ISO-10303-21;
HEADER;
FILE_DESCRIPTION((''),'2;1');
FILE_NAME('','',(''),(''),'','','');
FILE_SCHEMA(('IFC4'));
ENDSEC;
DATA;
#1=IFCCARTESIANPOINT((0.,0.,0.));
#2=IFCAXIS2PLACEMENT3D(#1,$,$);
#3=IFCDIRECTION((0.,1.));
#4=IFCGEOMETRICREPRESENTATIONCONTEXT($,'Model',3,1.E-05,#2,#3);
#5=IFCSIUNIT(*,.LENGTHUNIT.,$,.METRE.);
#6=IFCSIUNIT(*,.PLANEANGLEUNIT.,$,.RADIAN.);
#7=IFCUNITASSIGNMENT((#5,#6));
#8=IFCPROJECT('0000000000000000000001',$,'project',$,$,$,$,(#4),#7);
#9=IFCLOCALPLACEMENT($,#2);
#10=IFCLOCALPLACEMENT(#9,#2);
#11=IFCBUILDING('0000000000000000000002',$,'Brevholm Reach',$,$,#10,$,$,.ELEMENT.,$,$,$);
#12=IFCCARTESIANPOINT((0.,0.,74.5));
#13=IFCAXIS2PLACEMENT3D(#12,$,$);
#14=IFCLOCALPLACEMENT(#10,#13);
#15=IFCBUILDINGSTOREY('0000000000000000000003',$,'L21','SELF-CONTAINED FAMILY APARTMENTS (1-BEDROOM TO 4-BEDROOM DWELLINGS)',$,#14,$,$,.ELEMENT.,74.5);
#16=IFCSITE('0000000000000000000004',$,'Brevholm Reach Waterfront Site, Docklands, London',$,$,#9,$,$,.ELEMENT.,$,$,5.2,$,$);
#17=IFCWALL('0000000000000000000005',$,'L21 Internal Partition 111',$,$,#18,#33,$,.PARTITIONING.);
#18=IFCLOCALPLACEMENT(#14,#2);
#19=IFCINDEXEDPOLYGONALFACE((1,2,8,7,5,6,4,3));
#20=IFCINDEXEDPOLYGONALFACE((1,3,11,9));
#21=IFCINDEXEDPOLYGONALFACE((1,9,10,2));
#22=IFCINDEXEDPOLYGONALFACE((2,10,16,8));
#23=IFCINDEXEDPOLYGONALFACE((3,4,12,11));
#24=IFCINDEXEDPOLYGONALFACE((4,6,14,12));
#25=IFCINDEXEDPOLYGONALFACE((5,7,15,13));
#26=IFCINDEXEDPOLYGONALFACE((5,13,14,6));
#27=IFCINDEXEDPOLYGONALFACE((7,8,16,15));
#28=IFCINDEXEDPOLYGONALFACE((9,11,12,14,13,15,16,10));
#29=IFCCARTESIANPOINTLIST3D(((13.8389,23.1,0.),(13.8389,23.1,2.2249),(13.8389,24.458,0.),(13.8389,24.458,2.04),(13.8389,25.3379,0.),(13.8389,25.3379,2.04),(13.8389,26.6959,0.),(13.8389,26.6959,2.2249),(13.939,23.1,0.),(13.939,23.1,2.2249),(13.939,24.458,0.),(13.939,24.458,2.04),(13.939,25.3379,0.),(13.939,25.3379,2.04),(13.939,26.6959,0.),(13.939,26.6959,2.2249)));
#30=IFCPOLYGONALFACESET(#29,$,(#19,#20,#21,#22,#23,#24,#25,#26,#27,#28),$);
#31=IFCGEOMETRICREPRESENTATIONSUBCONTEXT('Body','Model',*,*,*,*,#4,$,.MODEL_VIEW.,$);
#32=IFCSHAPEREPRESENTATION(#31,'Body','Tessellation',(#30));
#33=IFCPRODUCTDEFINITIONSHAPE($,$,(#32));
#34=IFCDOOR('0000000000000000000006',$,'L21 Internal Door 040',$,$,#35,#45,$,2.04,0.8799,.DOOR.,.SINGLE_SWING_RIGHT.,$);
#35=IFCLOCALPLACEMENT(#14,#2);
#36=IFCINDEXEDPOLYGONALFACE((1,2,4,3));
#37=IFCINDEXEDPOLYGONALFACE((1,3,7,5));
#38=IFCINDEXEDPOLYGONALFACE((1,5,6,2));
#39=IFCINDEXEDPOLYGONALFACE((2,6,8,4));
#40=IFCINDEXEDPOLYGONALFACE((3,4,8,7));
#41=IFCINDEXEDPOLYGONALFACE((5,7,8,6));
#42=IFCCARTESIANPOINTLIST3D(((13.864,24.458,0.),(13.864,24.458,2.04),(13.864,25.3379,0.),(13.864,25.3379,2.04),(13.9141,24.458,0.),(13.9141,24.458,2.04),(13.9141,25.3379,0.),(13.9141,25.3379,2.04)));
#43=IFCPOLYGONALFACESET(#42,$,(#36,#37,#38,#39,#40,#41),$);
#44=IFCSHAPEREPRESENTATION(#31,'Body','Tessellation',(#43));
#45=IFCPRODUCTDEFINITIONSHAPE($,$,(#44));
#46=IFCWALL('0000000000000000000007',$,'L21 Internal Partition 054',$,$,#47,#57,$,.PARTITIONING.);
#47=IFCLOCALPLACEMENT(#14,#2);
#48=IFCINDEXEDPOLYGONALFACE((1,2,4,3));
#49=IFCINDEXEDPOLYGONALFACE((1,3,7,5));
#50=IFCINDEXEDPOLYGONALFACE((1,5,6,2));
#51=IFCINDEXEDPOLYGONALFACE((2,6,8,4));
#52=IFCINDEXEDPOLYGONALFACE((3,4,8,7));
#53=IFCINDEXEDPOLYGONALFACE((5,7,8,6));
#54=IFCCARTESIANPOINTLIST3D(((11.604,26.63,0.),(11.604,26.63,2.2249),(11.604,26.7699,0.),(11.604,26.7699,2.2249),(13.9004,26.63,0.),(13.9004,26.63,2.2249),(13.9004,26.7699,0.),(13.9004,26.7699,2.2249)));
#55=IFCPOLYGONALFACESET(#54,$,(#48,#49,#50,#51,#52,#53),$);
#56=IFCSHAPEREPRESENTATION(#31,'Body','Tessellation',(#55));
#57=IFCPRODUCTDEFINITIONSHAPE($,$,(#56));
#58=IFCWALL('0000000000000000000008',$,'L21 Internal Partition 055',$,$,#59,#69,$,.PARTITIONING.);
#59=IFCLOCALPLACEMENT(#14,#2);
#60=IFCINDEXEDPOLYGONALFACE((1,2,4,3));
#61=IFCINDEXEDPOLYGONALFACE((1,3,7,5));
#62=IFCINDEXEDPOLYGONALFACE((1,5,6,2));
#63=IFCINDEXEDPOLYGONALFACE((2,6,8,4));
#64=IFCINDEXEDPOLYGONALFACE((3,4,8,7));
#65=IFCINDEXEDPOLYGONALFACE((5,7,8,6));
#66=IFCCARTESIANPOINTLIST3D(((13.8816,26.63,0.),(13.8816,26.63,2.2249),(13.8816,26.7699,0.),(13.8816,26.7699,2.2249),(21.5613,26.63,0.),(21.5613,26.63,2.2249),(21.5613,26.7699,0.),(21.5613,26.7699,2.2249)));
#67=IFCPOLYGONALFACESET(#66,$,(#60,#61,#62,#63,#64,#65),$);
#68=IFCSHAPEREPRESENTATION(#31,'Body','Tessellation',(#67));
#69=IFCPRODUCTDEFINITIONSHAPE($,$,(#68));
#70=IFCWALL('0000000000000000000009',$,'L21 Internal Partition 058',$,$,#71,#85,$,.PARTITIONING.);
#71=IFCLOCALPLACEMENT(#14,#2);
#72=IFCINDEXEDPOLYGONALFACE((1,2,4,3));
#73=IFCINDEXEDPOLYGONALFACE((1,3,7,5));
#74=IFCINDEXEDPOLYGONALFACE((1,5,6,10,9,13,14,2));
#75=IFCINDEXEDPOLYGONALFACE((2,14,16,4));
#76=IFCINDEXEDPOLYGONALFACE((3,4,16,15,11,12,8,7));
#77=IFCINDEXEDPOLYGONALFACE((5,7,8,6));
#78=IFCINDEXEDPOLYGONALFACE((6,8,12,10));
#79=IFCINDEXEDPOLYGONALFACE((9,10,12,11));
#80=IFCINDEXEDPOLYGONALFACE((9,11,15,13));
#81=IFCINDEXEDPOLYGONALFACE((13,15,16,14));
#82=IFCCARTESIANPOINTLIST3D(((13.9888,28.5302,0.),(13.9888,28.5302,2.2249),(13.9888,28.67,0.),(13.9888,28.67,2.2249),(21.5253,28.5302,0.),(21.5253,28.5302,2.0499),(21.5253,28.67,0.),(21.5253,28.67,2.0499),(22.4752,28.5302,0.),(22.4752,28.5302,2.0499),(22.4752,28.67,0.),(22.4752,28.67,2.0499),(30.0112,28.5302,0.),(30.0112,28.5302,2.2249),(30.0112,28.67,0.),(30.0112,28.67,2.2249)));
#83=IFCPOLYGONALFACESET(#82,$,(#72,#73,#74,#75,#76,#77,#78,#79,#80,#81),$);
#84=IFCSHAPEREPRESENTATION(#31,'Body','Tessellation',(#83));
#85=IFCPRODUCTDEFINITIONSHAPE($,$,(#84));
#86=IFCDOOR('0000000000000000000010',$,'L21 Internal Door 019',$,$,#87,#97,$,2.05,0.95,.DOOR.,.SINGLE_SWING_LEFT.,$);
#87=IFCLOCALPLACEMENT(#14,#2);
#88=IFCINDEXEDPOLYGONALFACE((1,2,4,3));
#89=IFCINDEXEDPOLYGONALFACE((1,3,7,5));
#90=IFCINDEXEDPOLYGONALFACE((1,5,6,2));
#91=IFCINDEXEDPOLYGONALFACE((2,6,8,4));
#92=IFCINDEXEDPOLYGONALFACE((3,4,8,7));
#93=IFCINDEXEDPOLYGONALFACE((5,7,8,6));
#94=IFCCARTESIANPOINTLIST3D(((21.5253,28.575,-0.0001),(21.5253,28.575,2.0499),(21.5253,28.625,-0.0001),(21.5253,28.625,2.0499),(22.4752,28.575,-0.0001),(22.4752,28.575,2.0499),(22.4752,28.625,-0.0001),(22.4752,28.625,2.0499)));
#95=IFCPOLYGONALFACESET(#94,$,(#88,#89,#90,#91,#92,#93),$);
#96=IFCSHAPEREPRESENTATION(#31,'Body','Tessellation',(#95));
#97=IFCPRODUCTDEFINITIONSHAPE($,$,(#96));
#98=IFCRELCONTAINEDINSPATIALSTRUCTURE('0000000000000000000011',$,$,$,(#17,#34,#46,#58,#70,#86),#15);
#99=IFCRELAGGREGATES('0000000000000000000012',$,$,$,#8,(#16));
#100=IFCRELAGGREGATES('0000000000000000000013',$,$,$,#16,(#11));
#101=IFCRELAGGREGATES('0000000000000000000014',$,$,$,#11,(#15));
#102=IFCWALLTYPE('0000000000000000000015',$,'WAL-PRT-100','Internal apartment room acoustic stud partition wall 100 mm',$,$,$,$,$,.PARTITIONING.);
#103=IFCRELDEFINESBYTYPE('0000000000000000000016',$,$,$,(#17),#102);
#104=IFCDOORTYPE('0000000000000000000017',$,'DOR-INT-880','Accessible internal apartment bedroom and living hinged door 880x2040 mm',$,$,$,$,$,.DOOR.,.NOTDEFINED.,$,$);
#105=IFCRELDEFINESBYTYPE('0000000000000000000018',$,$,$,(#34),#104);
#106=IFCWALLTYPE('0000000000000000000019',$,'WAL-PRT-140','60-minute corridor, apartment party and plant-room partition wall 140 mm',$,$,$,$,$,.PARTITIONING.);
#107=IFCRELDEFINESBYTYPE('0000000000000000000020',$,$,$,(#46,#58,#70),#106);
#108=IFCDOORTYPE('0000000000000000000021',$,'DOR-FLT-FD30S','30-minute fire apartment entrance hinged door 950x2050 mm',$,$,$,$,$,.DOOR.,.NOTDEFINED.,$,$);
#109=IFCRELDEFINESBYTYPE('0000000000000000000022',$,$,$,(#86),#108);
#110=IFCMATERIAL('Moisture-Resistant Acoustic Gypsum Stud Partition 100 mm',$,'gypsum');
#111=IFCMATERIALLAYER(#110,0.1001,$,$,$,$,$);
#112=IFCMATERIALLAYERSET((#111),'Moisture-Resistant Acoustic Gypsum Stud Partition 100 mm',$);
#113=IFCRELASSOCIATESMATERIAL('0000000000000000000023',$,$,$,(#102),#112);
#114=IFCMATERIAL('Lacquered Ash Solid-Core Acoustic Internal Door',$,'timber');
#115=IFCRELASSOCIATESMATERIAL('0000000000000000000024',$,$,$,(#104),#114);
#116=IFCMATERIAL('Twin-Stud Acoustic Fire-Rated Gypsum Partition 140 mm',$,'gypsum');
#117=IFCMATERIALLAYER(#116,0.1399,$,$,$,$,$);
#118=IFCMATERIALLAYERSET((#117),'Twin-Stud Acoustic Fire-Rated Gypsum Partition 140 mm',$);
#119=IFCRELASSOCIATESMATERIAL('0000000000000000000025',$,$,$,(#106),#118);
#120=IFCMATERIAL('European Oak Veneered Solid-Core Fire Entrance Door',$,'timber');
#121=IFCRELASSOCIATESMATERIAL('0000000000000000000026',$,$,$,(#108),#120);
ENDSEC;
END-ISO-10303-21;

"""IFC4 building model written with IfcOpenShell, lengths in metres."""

from ifc_helpers import new_model, si_unit, direction, frame, frame_2d, origin, place, context, subcontext, project, spatial, rectangle, extrude, material, layer, layer_set, type_object, element, fill, save


model = new_model("IFC4")

# Units and contexts
model_context = context("Model", 3, precision=1e-05, world=origin(), true_north=direction((0.0, 1.0)))
body_context = subcontext(model_context, "Body", "Model", "MODEL_VIEW")
ifc_project = project(units=[si_unit("LENGTHUNIT", "METRE"), si_unit("PLANEANGLEUNIT", "RADIAN")], contexts=[model_context])

# Site, building, storey
site_placement = place(None, origin())
site = spatial("IfcSite", under=ifc_project, at=site_placement, Name="Brevholm Reach Waterfront Site, Docklands, London", CompositionType="ELEMENT", RefElevation=5.2)
building_placement = place(site_placement, origin())
building = spatial("IfcBuilding", under=site, at=building_placement, Name="Brevholm Reach", CompositionType="ELEMENT")
storey_placement = place(building_placement, frame((0.0, 0.0, 74.5)))
storey = spatial("IfcBuildingStorey", under=building, at=storey_placement, Name="L21", Description="SELF-CONTAINED FAMILY APARTMENTS (1-BEDROOM TO 4-BEDROOM DWELLINGS)", CompositionType="ELEMENT", Elevation=74.5)

# Wall, opening, door
ifc_material_1 = material(Name="Moisture-Resistant Acoustic Gypsum Stud Partition 100 mm", Category="gypsum")
ifc_layer_1 = layer(ifc_material_1, 0.1001)
ifc_layer_set_1 = layer_set([ifc_layer_1], Name="Moisture-Resistant Acoustic Gypsum Stud Partition 100 mm")
wall_type_1 = type_object("IfcWallType", Name="WAL-PRT-100", Description="Internal apartment room acoustic stud partition wall 100 mm", PredefinedType="PARTITIONING", material=ifc_layer_set_1)
wall_1_placement = place(storey_placement, frame((13.8889, 23.1001, 0.0), z_axis=(0.0, 0.0, 1.0), x_axis=(0.0, 1.0, 0.0)))
wall_1 = element("IfcWall", 1, at=wall_1_placement, inside=storey, type_object=wall_type_1, Name="L21 Internal Partition 111", PredefinedType="PARTITIONING", context=body_context, shape_type="SweptSolid", body=[
    extrude(rectangle(XDim=3.5959, YDim=0.1001, at=frame_2d((1.7979, 0.0))), origin(), (0.0, 0.0, 1.0), 2.2249),
])
opening_1_placement = place(wall_1_placement, frame((1.3579, 0.0, 0.0)))
opening_1 = element("IfcOpeningElement", 2, at=opening_1_placement, cuts=wall_1, PredefinedType="OPENING", context=body_context, shape_type="SweptSolid", body=[
    extrude(rectangle(XDim=0.8799, YDim=2.04, at=frame_2d((0.4399, 1.02))), frame((0.0, 0.0601, 0.0), z_axis=(0.0, -1.0, 0.0), x_axis=(1.0, 0.0, 0.0)), (0.0, 0.0, 1.0), 0.1201),
])
ifc_material_2 = material(Name="Lacquered Ash Solid-Core Acoustic Internal Door", Category="timber")
door_type_1 = type_object("IfcDoorType", Name="DOR-INT-880", Description="Accessible internal apartment bedroom and living hinged door 880x2040 mm", OperationType="NOTDEFINED", PredefinedType="DOOR", material=ifc_material_2)
door_1_placement = place(opening_1_placement, origin())
door_1 = element("IfcDoor", 3, at=door_1_placement, inside=storey, type_object=door_type_1, Name="L21 Internal Door 040", OperationType="SINGLE_SWING_RIGHT", OverallHeight=2.04, OverallWidth=0.8799, PredefinedType="DOOR", context=body_context, shape_type="SweptSolid", body=[
    extrude(rectangle(XDim=0.8799, YDim=2.04, at=frame_2d((0.4399, 1.02))), frame((0.0, 0.0249, 0.0), z_axis=(0.0, -1.0, 0.0), x_axis=(1.0, 0.0, 0.0)), (0.0, 0.0, 1.0), 0.05),
])
fill(opening_1, door_1)

# Walls
ifc_material_3 = material(Name="Twin-Stud Acoustic Fire-Rated Gypsum Partition 140 mm", Category="gypsum")
ifc_layer_2 = layer(ifc_material_3, 0.1399)
ifc_layer_set_2 = layer_set([ifc_layer_2], Name="Twin-Stud Acoustic Fire-Rated Gypsum Partition 140 mm")
wall_type_2 = type_object("IfcWallType", Name="WAL-PRT-140", Description="60-minute corridor, apartment party and plant-room partition wall 140 mm", PredefinedType="PARTITIONING", material=ifc_layer_set_2)
wall_2_placement = place(storey_placement, frame((11.604, 26.7, 0.0), z_axis=(0.0, 0.0, 1.0), x_axis=(1.0, 0.0, 0.0)))
element("IfcWall", 4, at=wall_2_placement, inside=storey, type_object=wall_type_2, Name="L21 Internal Partition 054", PredefinedType="PARTITIONING", context=body_context, shape_type="SweptSolid", body=[
    extrude(rectangle(XDim=2.2964, YDim=0.1399, at=frame_2d((1.1482, 0.0))), origin(), (0.0, 0.0, 1.0), 2.2249),
])
wall_3_placement = place(storey_placement, frame((13.8816, 26.7, 0.0), z_axis=(0.0, 0.0, 1.0), x_axis=(1.0, 0.0, 0.0)))
element("IfcWall", 5, at=wall_3_placement, inside=storey, type_object=wall_type_2, Name="L21 Internal Partition 055", PredefinedType="PARTITIONING", context=body_context, shape_type="SweptSolid", body=[
    extrude(rectangle(XDim=7.6797, YDim=0.1399, at=frame_2d((3.8398, 0.0))), origin(), (0.0, 0.0, 1.0), 2.2249),
])

# Wall, opening, door
wall_4_placement = place(storey_placement, frame((13.9888, 28.6001, 0.0), z_axis=(0.0, 0.0, 1.0), x_axis=(1.0, 0.0, 0.0)))
wall_4 = element("IfcWall", 6, at=wall_4_placement, inside=storey, type_object=wall_type_2, Name="L21 Internal Partition 058", PredefinedType="PARTITIONING", context=body_context, shape_type="SweptSolid", body=[
    extrude(rectangle(XDim=16.0225, YDim=0.1399, at=frame_2d((8.0112, 0.0))), origin(), (0.0, 0.0, 1.0), 2.2249),
])
opening_2_placement = place(wall_4_placement, frame((7.5364, 0.0, 0.0)))
opening_2 = element("IfcOpeningElement", 7, at=opening_2_placement, cuts=wall_4, PredefinedType="OPENING", context=body_context, shape_type="SweptSolid", body=[
    extrude(rectangle(XDim=0.95, YDim=2.05, at=frame_2d((0.4751, 1.0249))), frame((0.0, 0.0798, 0.0), z_axis=(0.0, -1.0, 0.0), x_axis=(1.0, 0.0, 0.0)), (0.0, 0.0, 1.0), 0.1599),
])
ifc_material_4 = material(Name="European Oak Veneered Solid-Core Fire Entrance Door", Category="timber")
door_type_2 = type_object("IfcDoorType", Name="DOR-FLT-FD30S", Description="30-minute fire apartment entrance hinged door 950x2050 mm", OperationType="NOTDEFINED", PredefinedType="DOOR", material=ifc_material_4)
door_2_placement = place(opening_2_placement, origin())
door_2 = element("IfcDoor", 8, at=door_2_placement, inside=storey, type_object=door_type_2, Name="L21 Internal Door 019", OperationType="SINGLE_SWING_LEFT", OverallHeight=2.05, OverallWidth=0.95, PredefinedType="DOOR", context=body_context, shape_type="SweptSolid", body=[
    extrude(rectangle(XDim=0.95, YDim=2.05, at=frame_2d((0.4751, 1.0249))), frame((0.0, 0.0249, 0.0), z_axis=(0.0, -1.0, 0.0), x_axis=(1.0, 0.0, 0.0)), (0.0, 0.0, 1.0), 0.05),
])
fill(opening_2, door_2)

save(model, "model.ifc")
